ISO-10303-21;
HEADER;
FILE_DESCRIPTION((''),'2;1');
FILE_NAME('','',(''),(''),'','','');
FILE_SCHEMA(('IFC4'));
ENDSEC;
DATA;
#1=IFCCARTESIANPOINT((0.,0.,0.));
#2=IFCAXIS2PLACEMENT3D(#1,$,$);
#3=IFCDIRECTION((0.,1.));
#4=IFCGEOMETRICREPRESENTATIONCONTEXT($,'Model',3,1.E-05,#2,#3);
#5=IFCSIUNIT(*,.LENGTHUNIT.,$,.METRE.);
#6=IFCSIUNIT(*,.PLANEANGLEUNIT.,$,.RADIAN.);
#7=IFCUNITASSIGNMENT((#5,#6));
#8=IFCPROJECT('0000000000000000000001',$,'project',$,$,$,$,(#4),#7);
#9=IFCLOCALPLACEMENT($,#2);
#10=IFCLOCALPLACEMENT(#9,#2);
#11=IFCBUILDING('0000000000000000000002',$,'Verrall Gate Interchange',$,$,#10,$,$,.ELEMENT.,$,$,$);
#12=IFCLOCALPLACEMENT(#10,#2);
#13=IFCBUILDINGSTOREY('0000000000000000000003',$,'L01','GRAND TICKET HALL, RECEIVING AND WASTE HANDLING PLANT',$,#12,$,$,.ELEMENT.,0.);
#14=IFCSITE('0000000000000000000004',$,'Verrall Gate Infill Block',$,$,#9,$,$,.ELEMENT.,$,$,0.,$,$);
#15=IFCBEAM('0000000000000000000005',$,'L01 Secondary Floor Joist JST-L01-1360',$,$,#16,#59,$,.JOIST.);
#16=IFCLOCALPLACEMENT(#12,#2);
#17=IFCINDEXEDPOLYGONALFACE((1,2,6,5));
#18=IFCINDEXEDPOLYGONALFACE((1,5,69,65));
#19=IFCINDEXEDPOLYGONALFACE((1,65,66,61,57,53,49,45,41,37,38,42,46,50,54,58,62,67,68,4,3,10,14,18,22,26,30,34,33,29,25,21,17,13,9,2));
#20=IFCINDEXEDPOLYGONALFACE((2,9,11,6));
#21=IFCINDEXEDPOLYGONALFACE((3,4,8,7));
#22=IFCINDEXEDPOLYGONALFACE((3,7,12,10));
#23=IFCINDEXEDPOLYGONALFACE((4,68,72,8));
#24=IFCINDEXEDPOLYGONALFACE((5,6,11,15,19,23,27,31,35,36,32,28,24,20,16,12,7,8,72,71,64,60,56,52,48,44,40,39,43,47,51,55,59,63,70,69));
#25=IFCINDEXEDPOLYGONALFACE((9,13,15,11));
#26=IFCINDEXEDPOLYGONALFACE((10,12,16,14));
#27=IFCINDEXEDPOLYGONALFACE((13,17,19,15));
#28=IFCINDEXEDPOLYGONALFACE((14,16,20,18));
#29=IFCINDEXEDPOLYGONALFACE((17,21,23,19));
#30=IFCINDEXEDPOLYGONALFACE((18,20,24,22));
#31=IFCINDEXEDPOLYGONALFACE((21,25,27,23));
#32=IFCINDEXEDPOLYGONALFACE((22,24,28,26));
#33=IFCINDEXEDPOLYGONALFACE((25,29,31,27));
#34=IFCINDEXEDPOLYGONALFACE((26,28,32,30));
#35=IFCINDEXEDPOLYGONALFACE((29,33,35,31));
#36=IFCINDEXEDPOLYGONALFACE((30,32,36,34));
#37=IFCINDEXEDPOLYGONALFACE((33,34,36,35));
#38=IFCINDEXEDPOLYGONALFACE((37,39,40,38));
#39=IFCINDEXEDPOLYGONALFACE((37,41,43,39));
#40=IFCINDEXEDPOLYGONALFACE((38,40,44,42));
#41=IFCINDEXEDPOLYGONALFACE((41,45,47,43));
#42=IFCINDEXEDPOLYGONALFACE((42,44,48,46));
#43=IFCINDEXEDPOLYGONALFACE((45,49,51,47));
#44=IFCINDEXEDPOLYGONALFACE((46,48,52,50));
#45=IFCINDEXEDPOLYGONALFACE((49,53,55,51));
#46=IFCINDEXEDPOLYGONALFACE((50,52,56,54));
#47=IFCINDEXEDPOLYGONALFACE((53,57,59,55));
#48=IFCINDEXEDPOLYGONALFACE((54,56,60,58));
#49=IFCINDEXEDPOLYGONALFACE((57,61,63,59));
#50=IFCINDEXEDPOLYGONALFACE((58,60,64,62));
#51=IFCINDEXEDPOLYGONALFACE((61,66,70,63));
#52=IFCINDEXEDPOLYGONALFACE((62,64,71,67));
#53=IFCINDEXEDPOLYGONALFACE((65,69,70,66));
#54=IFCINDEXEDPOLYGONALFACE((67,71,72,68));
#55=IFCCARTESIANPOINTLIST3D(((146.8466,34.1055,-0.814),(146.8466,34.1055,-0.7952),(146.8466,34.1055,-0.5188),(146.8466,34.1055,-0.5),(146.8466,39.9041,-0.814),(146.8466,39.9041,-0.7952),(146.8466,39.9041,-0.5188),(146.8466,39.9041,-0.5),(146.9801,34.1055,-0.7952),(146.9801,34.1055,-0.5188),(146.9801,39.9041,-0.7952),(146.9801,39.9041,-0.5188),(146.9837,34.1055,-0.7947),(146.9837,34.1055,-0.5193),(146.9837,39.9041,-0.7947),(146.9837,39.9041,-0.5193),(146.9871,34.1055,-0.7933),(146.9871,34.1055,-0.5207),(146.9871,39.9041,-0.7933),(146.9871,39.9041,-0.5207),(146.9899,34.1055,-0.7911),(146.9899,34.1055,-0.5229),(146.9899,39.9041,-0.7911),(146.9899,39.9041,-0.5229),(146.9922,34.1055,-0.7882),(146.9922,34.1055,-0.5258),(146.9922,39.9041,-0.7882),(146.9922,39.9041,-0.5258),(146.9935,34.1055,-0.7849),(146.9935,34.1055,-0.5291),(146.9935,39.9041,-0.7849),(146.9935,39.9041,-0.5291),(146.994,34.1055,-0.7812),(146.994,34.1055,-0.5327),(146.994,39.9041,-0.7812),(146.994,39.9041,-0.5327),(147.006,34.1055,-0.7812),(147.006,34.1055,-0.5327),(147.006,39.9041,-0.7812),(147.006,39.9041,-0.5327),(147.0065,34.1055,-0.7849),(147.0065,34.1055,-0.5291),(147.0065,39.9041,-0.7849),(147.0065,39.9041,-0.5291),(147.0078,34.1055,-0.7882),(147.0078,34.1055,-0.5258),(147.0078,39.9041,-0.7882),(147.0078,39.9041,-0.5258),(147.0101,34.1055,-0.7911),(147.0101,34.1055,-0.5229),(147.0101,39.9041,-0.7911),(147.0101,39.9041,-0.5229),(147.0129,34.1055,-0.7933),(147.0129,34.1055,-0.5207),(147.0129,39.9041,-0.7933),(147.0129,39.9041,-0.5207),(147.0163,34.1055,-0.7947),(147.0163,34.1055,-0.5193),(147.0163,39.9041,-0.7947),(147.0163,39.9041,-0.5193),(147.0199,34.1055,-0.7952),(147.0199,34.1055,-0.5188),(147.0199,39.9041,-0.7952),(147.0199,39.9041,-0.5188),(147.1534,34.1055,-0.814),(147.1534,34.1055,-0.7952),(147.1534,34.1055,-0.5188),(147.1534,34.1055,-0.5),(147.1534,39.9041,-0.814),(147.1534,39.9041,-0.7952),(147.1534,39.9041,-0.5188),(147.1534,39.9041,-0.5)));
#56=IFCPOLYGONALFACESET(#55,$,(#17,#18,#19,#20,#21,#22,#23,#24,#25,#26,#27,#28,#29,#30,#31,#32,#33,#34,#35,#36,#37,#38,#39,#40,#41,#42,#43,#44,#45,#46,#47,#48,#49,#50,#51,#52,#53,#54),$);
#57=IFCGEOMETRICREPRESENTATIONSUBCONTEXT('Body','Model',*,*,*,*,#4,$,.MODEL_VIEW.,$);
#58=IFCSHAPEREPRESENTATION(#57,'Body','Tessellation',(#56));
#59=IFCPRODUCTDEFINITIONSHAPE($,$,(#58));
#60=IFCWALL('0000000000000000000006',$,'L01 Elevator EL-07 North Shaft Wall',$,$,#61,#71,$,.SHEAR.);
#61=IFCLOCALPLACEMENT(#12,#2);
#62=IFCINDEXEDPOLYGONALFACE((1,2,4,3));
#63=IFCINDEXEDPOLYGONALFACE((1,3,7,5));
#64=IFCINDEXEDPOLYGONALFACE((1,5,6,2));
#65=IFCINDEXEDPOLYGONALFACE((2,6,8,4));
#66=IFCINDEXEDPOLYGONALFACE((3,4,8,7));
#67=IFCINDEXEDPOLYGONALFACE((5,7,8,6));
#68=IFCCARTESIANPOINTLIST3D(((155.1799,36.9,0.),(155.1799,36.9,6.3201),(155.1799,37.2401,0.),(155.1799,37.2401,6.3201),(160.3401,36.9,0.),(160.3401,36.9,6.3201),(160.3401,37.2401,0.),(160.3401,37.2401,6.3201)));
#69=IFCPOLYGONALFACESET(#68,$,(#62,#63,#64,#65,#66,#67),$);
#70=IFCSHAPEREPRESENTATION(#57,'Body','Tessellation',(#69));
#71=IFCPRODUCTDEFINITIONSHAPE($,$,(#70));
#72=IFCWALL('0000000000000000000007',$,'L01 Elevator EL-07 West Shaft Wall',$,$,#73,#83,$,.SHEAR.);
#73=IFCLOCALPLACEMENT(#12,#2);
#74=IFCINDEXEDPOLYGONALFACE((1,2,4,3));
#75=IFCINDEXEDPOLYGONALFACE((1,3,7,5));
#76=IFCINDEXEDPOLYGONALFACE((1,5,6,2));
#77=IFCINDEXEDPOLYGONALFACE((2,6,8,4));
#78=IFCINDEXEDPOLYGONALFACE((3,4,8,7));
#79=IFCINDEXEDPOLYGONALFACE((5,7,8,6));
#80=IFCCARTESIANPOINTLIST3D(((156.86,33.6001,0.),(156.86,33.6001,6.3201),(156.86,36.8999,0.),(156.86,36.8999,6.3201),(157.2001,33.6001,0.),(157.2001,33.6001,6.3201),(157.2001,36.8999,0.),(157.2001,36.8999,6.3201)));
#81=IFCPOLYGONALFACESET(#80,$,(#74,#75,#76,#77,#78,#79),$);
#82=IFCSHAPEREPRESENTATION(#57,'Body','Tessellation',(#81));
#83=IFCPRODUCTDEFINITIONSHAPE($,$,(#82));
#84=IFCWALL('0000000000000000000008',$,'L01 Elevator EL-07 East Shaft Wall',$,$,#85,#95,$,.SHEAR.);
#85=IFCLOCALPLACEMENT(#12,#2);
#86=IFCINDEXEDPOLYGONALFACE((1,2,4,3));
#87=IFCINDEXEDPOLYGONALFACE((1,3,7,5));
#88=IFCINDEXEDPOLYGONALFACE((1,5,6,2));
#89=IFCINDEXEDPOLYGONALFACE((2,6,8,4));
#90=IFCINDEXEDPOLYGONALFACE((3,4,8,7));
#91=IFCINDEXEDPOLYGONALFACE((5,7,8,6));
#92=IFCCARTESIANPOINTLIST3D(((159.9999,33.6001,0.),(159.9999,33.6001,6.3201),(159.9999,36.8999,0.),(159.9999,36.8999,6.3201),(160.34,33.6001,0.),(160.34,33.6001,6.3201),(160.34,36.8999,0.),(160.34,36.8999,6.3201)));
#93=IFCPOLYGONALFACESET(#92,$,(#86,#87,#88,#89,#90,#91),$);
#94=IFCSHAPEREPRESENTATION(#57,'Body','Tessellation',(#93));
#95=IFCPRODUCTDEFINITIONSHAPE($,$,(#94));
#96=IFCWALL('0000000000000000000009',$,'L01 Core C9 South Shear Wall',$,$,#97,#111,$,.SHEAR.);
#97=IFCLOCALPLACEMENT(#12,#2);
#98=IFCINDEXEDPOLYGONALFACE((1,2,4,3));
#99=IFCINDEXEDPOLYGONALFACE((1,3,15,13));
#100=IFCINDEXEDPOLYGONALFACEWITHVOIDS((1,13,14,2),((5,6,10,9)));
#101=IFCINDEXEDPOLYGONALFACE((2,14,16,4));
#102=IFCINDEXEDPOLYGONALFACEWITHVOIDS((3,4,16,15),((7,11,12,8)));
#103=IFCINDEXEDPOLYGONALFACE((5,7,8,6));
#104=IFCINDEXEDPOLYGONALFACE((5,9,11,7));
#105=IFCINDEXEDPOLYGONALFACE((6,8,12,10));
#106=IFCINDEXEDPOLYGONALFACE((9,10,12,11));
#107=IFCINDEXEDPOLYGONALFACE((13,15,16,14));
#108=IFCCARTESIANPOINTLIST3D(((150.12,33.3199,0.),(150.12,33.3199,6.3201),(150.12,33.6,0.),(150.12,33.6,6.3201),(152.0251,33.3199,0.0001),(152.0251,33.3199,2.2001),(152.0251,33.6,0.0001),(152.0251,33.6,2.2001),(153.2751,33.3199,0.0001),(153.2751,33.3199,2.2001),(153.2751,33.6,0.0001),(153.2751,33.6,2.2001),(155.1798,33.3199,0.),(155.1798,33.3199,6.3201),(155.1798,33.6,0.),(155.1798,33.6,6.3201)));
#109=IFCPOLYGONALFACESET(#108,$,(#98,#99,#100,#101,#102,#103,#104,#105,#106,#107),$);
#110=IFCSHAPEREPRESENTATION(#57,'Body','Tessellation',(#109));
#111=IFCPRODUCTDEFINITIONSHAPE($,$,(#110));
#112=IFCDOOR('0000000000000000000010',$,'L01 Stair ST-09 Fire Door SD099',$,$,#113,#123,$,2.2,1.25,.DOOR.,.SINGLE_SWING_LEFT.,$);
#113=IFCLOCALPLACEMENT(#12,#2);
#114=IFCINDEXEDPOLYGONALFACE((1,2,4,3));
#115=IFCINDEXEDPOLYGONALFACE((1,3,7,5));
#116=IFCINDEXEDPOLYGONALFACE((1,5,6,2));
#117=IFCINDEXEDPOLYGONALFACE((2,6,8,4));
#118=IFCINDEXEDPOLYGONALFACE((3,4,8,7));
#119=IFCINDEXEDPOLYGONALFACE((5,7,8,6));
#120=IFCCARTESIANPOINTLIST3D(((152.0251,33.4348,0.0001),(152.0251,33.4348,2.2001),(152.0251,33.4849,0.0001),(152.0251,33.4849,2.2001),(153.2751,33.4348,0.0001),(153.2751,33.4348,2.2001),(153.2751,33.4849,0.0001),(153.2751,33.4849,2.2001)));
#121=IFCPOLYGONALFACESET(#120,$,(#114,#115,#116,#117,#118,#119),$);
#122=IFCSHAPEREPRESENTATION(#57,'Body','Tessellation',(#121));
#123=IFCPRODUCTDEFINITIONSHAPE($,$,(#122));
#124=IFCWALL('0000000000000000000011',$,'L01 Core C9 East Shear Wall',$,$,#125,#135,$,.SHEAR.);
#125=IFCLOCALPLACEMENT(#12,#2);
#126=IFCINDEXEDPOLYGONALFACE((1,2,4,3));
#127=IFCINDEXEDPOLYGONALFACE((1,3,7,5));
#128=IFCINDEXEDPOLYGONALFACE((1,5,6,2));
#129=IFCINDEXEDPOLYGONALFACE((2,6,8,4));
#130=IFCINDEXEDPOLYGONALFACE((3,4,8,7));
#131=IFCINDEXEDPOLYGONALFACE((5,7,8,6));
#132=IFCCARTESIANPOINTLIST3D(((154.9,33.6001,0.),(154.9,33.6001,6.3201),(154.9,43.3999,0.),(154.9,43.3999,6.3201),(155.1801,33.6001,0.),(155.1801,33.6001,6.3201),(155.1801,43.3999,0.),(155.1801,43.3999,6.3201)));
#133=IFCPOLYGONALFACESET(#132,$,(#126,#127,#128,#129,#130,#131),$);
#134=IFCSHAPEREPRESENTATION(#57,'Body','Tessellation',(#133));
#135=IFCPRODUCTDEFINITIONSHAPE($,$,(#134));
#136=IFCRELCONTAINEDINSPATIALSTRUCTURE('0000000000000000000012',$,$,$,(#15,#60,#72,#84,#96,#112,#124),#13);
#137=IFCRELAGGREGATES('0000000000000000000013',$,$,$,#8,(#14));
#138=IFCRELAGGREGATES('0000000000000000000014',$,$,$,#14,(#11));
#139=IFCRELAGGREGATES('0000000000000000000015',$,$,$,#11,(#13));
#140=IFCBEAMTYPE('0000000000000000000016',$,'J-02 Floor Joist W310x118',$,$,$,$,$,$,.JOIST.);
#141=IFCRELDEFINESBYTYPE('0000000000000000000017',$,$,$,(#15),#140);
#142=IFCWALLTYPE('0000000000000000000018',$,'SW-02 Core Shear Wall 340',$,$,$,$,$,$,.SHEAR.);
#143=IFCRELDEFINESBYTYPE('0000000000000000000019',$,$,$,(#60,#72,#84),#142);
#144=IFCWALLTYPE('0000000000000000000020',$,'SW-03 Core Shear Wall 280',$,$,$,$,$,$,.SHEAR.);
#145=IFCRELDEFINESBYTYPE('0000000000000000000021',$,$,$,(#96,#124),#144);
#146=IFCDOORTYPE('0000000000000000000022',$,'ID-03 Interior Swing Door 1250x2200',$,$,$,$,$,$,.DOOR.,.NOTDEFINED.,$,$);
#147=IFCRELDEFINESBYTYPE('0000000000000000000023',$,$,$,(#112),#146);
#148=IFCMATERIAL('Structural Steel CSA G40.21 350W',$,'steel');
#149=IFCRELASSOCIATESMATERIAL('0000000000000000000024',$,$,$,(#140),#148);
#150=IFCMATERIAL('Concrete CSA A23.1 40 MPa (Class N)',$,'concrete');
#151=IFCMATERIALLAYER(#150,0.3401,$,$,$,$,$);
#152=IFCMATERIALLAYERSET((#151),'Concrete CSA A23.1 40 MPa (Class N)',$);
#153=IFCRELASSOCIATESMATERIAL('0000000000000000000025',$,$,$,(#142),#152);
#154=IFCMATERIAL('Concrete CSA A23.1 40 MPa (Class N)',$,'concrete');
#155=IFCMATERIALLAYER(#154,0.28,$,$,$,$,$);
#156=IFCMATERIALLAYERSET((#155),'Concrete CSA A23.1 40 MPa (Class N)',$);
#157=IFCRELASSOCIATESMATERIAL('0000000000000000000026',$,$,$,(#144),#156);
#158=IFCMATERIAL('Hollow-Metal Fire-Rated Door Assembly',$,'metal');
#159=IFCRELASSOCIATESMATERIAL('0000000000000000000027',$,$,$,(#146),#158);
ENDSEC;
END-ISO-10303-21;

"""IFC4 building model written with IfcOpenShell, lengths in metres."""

from ifc_helpers import new_model, si_unit, direction, frame, frame_2d, origin, origin_2d, place, context, subcontext, project, spatial, rectangle, i_section, extrude, material, layer, layer_set, material_profile, profile_set, type_object, element, fill, save


model = new_model("IFC4")

# Units and contexts
model_context = context("Model", 3, precision=1e-05, world=origin(), true_north=direction((0.0, 1.0)))
body_context = subcontext(model_context, "Body", "Model", "MODEL_VIEW")
ifc_project = project(units=[si_unit("LENGTHUNIT", "METRE"), si_unit("PLANEANGLEUNIT", "RADIAN")], contexts=[model_context])

# Site, building, storey
site_placement = place(None, origin())
site = spatial("IfcSite", under=ifc_project, at=site_placement, Name="Verrall Gate Infill Block", CompositionType="ELEMENT", RefElevation=0.0)
building_placement = place(site_placement, origin())
building = spatial("IfcBuilding", under=site, at=building_placement, Name="Verrall Gate Interchange", CompositionType="ELEMENT")
storey_placement = place(building_placement, origin())
storey = spatial("IfcBuildingStorey", under=building, at=storey_placement, Name="L01", Description="GRAND TICKET HALL, RECEIVING AND WASTE HANDLING PLANT", CompositionType="ELEMENT", Elevation=0.0)

# Beam
ifc_material_1 = material(Name="Structural Steel CSA G40.21 350W", Category="steel")
ifc_material_profile_1 = material_profile(ifc_material_1, i_section(OverallWidth=0.3069, OverallDepth=0.314, WebThickness=0.012, FlangeThickness=0.0188, FilletRadius=0.0139, at=origin_2d()), Name="W310x118")
ifc_profile_set_1 = profile_set([ifc_material_profile_1], Name="Structural Steel CSA G40.21 350W")
beam_type_1 = type_object("IfcBeamType", Name="J-02 Floor Joist W310x118", PredefinedType="JOIST", material=ifc_profile_set_1)
beam_1_placement = place(storey_placement, frame((147.0, 34.1055, -0.657), z_axis=(0.0, 1.0, 0.0), x_axis=(-1.0, 0.0, 0.0)))
element("IfcBeam", 1, at=beam_1_placement, inside=storey, type_object=beam_type_1, Name="L01 Secondary Floor Joist JST-L01-1360", PredefinedType="JOIST", context=body_context, shape_type="SweptSolid", body=[
    extrude(i_section(OverallWidth=0.3069, OverallDepth=0.314, WebThickness=0.012, FlangeThickness=0.0188, FilletRadius=0.0139, at=origin_2d()), origin(), (0.0, 0.0, 1.0), 5.7986),
])

# Walls
ifc_material_2 = material(Name="Concrete CSA A23.1 40 MPa (Class N)", Category="concrete")
ifc_layer_1 = layer(ifc_material_2, 0.3401)
ifc_layer_set_1 = layer_set([ifc_layer_1], Name="Concrete CSA A23.1 40 MPa (Class N)")
wall_type_1 = type_object("IfcWallType", Name="SW-02 Core Shear Wall 340", PredefinedType="SHEAR", material=ifc_layer_set_1)
wall_1_placement = place(storey_placement, frame((160.3401, 37.0701, 0.0), z_axis=(0.0, 0.0, 1.0), x_axis=(-1.0, 0.0, 0.0)))
element("IfcWall", 2, at=wall_1_placement, inside=storey, type_object=wall_type_1, Name="L01 Elevator EL-07 North Shaft Wall", PredefinedType="SHEAR", context=body_context, shape_type="SweptSolid", body=[
    extrude(rectangle(XDim=5.1602, YDim=0.3401, at=frame_2d((2.5801, 0.0))), origin(), (0.0, 0.0, 1.0), 6.3201),
])
for number, where, z_axis, x_axis, name in (
    (3, (157.03, 36.8999, 0.0), (0.0, 0.0, 1.0), (0.0, -1.0, 0.0), "L01 Elevator EL-07 West Shaft Wall"),
    (4, (160.1699, 33.6001, 0.0), (0.0, 0.0, 1.0), (0.0, 1.0, 0.0), "L01 Elevator EL-07 East Shaft Wall"),
):
    element("IfcWall", number, at=place(storey_placement, frame(where, z_axis=z_axis, x_axis=x_axis)), inside=storey, type_object=wall_type_1, Name=name, PredefinedType="SHEAR", context=body_context, shape_type="SweptSolid", body=[
        extrude(rectangle(XDim=3.2998, YDim=0.3401, at=frame_2d((1.6499, 0.0))), origin(), (0.0, 0.0, 1.0), 6.3201),
    ])

# Wall, opening, door
ifc_material_3 = material(Name="Concrete CSA A23.1 40 MPa (Class N)", Category="concrete")
ifc_layer_2 = layer(ifc_material_3, 0.28)
ifc_layer_set_2 = layer_set([ifc_layer_2], Name="Concrete CSA A23.1 40 MPa (Class N)")
wall_type_2 = type_object("IfcWallType", Name="SW-03 Core Shear Wall 280", PredefinedType="SHEAR", material=ifc_layer_set_2)
wall_2_placement = place(storey_placement, frame((150.1201, 33.46, 0.0), z_axis=(0.0, 0.0, 1.0), x_axis=(1.0, 0.0, 0.0)))
wall_2 = element("IfcWall", 5, at=wall_2_placement, inside=storey, type_object=wall_type_2, Name="L01 Core C9 South Shear Wall", PredefinedType="SHEAR", context=body_context, shape_type="SweptSolid", body=[
    extrude(rectangle(XDim=5.0598, YDim=0.28, at=frame_2d((2.5298, 0.0))), origin(), (0.0, 0.0, 1.0), 6.3201),
])
opening_placement = place(wall_2_placement, frame((1.905, 0.0, 0.0)))
opening = element("IfcOpeningElement", 6, at=opening_placement, cuts=wall_2, PredefinedType="OPENING", context=body_context, shape_type="SweptSolid", body=[
    extrude(rectangle(XDim=1.25, YDim=2.2, at=frame_2d((0.625, 1.1001))), frame((0.0, 0.1548, 0.0), z_axis=(0.0, -1.0, 0.0), x_axis=(1.0, 0.0, 0.0)), (0.0, 0.0, 1.0), 0.3098),
])
ifc_material_4 = material(Name="Hollow-Metal Fire-Rated Door Assembly", Category="metal")
door_type = type_object("IfcDoorType", Name="ID-03 Interior Swing Door 1250x2200", OperationType="NOTDEFINED", PredefinedType="DOOR", material=ifc_material_4)
door_placement = place(opening_placement, origin())
door = element("IfcDoor", 7, at=door_placement, inside=storey, type_object=door_type, Name="L01 Stair ST-09 Fire Door SD099", OperationType="SINGLE_SWING_LEFT", OverallHeight=2.2, OverallWidth=1.25, PredefinedType="DOOR", context=body_context, shape_type="SweptSolid", body=[
    extrude(rectangle(XDim=1.25, YDim=2.2, at=frame_2d((0.625, 1.1001))), frame((0.0, 0.0249, 0.0), z_axis=(0.0, -1.0, 0.0), x_axis=(1.0, 0.0, 0.0)), (0.0, 0.0, 1.0), 0.05),
])
fill(opening, door)

# Wall
wall_3_placement = place(storey_placement, frame((155.04, 33.6001, 0.0), z_axis=(0.0, 0.0, 1.0), x_axis=(0.0, 1.0, 0.0)))
element("IfcWall", 8, at=wall_3_placement, inside=storey, type_object=wall_type_2, Name="L01 Core C9 East Shear Wall", PredefinedType="SHEAR", context=body_context, shape_type="SweptSolid", body=[
    extrude(rectangle(XDim=9.7998, YDim=0.28, at=frame_2d((4.8999, 0.0))), origin(), (0.0, 0.0, 1.0), 6.3201),
])

save(model, "model.ifc")
